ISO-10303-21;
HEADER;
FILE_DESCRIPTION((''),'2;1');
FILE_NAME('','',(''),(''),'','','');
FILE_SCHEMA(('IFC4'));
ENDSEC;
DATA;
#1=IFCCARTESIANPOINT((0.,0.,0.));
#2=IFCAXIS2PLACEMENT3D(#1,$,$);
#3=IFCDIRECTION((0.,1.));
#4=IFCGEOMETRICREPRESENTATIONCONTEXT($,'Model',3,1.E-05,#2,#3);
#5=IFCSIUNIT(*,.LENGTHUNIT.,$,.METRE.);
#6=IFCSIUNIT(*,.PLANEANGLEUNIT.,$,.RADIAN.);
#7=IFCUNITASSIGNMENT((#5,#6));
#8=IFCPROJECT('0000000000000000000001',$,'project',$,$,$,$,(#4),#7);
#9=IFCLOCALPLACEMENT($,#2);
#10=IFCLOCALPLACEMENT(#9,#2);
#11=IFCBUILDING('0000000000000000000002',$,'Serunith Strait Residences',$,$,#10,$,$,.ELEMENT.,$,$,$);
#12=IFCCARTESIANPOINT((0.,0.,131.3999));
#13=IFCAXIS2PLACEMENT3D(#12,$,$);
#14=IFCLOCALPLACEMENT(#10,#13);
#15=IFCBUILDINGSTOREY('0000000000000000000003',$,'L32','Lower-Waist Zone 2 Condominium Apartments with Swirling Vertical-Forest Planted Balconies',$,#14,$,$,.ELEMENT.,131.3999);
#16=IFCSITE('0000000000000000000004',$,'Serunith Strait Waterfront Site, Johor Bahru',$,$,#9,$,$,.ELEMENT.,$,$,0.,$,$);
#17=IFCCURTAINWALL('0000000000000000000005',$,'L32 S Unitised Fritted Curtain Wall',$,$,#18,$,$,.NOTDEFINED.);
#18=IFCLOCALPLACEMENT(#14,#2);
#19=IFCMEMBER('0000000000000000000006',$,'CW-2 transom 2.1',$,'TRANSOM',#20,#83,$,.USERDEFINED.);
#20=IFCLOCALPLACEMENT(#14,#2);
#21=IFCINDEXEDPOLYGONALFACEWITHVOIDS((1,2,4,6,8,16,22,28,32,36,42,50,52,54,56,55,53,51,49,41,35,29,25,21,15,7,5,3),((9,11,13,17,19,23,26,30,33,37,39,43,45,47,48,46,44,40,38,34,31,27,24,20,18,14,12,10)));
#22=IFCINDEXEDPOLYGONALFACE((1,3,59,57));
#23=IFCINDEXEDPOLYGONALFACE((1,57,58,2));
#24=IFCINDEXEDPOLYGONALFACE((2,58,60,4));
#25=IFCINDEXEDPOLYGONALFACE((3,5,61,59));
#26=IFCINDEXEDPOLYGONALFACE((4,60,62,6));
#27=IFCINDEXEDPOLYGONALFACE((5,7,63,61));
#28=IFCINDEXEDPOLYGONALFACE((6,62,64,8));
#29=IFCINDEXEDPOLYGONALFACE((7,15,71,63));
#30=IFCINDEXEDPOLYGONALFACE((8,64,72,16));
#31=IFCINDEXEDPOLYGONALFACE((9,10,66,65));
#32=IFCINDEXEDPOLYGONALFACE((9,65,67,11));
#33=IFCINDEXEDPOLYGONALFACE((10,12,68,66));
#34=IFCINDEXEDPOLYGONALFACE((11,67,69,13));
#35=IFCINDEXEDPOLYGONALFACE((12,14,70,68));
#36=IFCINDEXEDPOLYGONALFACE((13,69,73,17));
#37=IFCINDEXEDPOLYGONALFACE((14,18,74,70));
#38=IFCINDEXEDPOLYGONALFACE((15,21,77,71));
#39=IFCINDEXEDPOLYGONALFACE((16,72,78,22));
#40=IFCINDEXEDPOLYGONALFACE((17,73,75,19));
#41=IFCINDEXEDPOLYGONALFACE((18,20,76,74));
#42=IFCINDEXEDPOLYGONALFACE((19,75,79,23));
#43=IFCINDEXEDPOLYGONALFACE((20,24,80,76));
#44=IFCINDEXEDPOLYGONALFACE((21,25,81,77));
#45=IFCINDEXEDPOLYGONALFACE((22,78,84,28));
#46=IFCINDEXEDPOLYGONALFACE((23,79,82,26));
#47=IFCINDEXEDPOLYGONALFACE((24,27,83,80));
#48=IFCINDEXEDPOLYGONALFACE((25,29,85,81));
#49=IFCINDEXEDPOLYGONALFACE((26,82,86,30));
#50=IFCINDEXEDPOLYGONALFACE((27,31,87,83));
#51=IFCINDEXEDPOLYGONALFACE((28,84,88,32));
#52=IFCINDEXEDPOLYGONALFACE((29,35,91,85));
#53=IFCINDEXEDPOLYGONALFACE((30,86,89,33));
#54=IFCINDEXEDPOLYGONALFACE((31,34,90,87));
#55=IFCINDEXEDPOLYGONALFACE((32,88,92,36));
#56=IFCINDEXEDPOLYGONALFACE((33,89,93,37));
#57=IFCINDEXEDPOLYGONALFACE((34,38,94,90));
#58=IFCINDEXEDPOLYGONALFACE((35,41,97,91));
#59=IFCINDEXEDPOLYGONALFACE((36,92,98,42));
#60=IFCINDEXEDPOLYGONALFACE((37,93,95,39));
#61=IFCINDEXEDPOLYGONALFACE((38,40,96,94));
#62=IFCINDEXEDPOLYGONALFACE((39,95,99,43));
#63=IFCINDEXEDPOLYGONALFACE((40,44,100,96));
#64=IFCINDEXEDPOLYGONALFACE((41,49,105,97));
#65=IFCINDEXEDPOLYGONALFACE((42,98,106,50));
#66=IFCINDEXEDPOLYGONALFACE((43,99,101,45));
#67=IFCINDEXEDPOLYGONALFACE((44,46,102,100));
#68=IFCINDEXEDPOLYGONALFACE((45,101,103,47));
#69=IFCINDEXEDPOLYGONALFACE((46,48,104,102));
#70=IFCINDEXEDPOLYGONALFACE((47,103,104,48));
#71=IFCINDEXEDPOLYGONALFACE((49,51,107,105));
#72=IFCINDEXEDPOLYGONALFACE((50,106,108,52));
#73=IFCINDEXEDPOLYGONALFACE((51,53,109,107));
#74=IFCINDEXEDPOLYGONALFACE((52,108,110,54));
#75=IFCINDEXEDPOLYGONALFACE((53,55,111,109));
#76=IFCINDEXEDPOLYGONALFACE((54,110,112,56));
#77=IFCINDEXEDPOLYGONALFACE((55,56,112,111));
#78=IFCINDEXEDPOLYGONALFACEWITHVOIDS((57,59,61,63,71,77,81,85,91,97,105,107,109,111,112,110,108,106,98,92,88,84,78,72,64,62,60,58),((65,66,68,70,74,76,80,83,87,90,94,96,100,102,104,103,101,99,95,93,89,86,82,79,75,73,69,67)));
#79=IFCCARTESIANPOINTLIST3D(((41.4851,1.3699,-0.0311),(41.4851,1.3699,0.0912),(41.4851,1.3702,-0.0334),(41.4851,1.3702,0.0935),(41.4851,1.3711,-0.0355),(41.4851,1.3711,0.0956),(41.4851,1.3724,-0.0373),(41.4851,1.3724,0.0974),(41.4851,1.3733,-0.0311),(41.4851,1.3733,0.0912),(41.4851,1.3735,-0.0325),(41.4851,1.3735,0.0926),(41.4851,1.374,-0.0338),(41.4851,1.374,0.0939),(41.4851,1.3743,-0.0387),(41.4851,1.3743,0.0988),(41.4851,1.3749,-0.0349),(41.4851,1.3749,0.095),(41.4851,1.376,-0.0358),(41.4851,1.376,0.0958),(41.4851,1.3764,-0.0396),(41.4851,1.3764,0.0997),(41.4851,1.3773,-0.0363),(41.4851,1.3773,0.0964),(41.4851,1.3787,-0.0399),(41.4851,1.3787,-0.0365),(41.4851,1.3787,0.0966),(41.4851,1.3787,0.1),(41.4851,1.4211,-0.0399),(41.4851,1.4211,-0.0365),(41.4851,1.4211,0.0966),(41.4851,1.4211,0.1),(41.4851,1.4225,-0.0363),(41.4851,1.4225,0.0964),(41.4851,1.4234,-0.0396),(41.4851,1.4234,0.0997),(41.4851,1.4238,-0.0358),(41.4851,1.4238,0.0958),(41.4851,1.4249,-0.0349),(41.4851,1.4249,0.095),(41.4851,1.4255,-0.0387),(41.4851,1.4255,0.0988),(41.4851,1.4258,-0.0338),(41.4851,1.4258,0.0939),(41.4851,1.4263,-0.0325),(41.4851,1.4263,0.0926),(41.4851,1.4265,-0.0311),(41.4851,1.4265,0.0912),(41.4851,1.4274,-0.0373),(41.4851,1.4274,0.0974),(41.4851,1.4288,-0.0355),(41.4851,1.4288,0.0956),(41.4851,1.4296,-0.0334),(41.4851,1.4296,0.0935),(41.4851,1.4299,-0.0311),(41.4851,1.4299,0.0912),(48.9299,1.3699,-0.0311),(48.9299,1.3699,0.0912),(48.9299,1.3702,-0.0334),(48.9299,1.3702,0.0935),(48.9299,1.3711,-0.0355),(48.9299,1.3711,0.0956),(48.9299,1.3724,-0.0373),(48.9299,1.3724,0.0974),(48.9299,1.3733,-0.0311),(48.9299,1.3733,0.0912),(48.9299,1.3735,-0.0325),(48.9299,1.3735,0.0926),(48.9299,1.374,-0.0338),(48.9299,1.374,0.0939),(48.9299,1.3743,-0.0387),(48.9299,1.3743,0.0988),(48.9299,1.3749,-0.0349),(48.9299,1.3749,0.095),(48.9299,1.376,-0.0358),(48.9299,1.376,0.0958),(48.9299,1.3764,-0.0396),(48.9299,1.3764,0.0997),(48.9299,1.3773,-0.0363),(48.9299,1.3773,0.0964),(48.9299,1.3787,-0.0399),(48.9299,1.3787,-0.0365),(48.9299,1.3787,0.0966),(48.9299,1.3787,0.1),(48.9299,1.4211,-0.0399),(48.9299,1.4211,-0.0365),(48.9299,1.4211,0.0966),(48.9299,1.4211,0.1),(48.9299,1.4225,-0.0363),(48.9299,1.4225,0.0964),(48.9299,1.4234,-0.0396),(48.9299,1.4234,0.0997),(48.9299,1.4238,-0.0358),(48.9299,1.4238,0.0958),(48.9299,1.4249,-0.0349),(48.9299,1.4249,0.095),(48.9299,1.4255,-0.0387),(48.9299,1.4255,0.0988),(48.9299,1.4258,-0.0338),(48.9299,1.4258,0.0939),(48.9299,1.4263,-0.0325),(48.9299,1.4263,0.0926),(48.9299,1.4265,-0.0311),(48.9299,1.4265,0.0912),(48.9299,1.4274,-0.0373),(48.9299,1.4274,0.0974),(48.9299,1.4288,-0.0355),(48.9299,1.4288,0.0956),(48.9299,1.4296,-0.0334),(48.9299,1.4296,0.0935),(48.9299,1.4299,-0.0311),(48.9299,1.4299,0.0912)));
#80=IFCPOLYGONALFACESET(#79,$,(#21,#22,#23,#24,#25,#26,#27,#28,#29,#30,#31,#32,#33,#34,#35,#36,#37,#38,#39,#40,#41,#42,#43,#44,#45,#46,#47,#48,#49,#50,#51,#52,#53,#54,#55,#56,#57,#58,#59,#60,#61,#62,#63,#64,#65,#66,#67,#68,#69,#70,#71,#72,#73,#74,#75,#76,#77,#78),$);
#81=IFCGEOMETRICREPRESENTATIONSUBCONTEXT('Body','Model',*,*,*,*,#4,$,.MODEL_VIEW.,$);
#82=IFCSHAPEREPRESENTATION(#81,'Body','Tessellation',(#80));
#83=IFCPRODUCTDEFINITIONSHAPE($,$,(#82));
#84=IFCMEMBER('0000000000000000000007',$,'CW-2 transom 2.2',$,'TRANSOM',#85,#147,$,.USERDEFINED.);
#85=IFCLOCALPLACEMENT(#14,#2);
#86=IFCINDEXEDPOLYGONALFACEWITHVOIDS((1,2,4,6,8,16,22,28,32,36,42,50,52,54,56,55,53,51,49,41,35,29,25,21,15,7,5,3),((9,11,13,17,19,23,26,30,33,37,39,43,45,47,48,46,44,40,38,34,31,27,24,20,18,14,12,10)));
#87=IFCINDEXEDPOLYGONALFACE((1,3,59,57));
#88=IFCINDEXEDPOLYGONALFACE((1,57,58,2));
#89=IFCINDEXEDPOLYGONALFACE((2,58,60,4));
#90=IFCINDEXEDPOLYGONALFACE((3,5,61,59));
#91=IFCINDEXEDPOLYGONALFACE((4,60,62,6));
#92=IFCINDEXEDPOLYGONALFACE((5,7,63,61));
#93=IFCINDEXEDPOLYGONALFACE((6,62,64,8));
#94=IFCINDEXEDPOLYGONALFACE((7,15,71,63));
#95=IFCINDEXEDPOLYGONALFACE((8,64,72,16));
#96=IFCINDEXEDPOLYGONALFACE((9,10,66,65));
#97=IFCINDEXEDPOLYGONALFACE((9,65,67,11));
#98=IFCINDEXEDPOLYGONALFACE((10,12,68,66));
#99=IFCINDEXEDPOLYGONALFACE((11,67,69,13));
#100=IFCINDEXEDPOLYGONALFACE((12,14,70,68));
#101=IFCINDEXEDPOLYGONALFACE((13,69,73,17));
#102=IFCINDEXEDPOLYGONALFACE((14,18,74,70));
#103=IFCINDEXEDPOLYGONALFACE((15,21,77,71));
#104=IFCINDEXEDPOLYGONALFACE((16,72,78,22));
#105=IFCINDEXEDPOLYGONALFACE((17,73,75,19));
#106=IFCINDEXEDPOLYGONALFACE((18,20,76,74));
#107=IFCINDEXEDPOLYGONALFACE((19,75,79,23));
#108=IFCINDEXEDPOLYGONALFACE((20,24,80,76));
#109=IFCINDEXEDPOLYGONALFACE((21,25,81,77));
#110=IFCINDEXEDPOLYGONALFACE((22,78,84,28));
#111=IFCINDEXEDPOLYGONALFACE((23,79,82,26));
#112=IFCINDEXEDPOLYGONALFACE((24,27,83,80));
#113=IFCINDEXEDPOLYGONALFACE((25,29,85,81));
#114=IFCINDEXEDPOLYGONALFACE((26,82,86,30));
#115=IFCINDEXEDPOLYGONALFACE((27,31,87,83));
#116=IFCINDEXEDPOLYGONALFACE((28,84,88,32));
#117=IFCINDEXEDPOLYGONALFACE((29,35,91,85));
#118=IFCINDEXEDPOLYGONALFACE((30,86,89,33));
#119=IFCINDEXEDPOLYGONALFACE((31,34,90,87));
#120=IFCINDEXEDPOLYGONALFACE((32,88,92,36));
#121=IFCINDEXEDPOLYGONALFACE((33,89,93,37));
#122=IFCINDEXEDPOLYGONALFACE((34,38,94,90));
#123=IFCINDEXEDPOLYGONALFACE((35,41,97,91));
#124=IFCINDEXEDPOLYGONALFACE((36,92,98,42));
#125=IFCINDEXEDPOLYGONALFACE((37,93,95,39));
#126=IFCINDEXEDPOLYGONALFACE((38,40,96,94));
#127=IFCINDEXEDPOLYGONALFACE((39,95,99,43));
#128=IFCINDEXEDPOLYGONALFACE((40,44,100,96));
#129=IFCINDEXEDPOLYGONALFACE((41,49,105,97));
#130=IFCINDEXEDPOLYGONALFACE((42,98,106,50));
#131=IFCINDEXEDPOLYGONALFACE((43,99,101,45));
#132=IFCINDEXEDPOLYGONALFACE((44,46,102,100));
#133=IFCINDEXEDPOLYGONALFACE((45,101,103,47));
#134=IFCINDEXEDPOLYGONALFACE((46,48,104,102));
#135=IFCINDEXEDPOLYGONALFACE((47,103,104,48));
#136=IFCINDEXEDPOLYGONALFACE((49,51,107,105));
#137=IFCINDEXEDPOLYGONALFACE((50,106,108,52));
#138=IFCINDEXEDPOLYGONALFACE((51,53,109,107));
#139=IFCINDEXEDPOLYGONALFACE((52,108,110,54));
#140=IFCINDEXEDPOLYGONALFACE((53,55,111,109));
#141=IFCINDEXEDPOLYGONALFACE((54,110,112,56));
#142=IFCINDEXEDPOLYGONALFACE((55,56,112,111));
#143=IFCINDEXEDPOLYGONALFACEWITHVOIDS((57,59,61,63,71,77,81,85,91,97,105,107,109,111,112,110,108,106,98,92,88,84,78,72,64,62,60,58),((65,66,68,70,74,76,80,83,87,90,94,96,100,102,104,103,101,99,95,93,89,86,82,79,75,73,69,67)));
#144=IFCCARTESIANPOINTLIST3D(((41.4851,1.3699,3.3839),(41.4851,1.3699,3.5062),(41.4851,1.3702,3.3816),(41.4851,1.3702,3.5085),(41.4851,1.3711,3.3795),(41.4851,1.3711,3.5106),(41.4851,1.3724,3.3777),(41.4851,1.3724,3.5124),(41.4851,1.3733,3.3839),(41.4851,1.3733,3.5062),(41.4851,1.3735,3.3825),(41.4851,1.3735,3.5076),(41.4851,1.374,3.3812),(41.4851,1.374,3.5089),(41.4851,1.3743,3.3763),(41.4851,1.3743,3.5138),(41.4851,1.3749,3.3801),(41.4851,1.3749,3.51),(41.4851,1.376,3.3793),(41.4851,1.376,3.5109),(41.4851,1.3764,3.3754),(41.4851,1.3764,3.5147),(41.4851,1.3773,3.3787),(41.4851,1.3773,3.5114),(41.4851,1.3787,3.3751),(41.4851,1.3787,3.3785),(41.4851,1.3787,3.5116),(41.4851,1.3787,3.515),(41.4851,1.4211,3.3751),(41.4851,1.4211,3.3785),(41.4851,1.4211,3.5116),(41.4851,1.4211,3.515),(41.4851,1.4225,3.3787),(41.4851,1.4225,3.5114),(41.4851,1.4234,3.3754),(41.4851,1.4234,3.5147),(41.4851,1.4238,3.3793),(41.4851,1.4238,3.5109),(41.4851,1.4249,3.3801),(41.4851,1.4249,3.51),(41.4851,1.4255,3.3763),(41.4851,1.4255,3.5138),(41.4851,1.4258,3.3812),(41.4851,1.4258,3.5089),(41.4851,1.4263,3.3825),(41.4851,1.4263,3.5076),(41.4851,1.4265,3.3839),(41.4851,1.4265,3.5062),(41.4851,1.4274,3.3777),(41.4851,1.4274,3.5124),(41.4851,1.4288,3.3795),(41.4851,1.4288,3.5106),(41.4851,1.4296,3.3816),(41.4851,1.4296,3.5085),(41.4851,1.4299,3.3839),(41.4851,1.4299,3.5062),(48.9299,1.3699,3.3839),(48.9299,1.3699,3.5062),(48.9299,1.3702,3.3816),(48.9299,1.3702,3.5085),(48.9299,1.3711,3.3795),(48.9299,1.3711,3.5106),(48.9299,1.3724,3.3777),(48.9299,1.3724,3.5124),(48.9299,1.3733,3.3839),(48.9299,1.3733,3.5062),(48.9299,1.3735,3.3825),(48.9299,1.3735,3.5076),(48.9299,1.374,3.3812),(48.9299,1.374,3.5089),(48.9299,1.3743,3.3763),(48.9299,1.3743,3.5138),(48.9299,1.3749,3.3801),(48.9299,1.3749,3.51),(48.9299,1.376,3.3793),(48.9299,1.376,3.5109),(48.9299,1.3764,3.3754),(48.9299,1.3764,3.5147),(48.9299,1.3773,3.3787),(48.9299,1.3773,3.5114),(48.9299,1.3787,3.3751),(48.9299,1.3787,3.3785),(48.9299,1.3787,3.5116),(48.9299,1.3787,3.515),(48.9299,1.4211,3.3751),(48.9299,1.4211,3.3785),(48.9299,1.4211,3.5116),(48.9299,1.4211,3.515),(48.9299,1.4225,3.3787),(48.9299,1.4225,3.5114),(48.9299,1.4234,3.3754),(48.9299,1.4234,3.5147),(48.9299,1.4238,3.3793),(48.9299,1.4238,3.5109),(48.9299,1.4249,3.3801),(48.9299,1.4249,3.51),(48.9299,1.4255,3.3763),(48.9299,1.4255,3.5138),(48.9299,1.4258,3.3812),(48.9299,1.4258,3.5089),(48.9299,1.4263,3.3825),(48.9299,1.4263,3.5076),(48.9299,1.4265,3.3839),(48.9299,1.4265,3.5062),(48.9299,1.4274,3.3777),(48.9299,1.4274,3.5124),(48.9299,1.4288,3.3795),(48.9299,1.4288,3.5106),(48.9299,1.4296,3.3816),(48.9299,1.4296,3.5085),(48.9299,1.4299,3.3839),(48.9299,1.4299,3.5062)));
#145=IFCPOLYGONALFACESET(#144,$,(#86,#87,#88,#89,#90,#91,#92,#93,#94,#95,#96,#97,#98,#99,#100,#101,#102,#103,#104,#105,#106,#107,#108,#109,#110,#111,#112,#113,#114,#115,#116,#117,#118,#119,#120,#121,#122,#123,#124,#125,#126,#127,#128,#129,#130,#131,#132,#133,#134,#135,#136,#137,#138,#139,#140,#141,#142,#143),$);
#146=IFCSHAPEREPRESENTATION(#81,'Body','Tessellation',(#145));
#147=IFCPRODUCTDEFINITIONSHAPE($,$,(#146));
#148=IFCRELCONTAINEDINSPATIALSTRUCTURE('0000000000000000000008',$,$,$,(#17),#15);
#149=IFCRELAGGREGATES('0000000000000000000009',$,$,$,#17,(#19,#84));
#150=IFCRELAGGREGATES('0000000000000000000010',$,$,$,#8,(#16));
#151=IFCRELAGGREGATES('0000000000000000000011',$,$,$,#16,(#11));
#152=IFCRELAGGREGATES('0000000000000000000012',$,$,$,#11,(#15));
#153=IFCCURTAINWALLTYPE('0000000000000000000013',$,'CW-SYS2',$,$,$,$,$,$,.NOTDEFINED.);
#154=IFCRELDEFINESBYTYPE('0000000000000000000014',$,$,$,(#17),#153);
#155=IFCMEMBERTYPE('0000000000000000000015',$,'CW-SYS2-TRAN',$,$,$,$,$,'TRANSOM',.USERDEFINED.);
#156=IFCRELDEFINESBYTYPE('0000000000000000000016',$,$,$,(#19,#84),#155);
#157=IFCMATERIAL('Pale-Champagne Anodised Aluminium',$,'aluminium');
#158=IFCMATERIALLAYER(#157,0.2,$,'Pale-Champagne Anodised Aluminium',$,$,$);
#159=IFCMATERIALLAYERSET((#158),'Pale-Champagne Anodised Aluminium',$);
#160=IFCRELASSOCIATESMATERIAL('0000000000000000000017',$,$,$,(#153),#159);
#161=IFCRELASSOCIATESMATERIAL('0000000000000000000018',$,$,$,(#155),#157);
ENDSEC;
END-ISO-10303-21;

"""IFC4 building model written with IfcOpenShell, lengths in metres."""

from ifc_helpers import new_model, si_unit, direction, frame, origin, origin_2d, place, context, subcontext, project, spatial, hollow_rectangle, extrude, source, transform, mapped, material, layer, layer_set, material_profile, profile_set, type_object, element, aggregate, save


model = new_model("IFC4")

# Units and contexts
model_context = context("Model", 3, precision=1e-05, world=origin(), true_north=direction((0.0, 1.0)))
body_context = subcontext(model_context, "Body", "Model", "MODEL_VIEW")
ifc_project = project(units=[si_unit("LENGTHUNIT", "METRE"), si_unit("PLANEANGLEUNIT", "RADIAN")], contexts=[model_context])

# Site, building, storey
site_placement = place(None, origin())
site = spatial("IfcSite", under=ifc_project, at=site_placement, Name="Serunith Strait Waterfront Site, Johor Bahru", CompositionType="ELEMENT", RefElevation=0.0)
building_placement = place(site_placement, origin())
building = spatial("IfcBuilding", under=site, at=building_placement, Name="Serunith Strait Residences", CompositionType="ELEMENT")
storey_placement = place(building_placement, frame((0.0, 0.0, 131.3999)))
storey = spatial("IfcBuildingStorey", under=building, at=storey_placement, Name="L32", Description="Lower-Waist Zone 2 Condominium Apartments with Swirling Vertical-Forest Planted Balconies", CompositionType="ELEMENT", Elevation=131.3999)

# Curtain wall, members
ifc_material_1 = material(Name="Pale-Champagne Anodised Aluminium", Category="aluminium")
ifc_layer_1 = layer(ifc_material_1, 0.2, Name="Pale-Champagne Anodised Aluminium")
ifc_layer_set_1 = layer_set([ifc_layer_1], Name="Pale-Champagne Anodised Aluminium")
curtain_wall_type = type_object("IfcCurtainWallType", Name="CW-SYS2", PredefinedType="NOTDEFINED", material=ifc_layer_set_1)
curtain_wall_placement = place(storey_placement, origin())
curtain_wall = element("IfcCurtainWall", 1, at=curtain_wall_placement, inside=storey, type_object=curtain_wall_type, Name="L32 S Unitised Fritted Curtain Wall", PredefinedType="NOTDEFINED")
ifc_material_profile_1 = material_profile(ifc_material_1, hollow_rectangle(XDim=0.0601, YDim=0.1399, WallThickness=0.0034, InnerFilletRadius=0.0054, OuterFilletRadius=0.0088, at=origin_2d()), Name="ALU 140x60x3.5")
ifc_profile_set_1 = profile_set([ifc_material_profile_1], Name="Pale-Champagne Anodised Aluminium")
member_type_1 = type_object("IfcMemberType", Name="CW-SYS2-TRAN", ElementType="TRANSOM", PredefinedType="USERDEFINED", material=ifc_profile_set_1)
shared_shape_1 = source(origin(), body_context, "Body", "SweptSolid", [
    extrude(hollow_rectangle(XDim=0.0601, YDim=0.1399, WallThickness=0.0034, InnerFilletRadius=0.0054, OuterFilletRadius=0.0088, at=origin_2d()), origin(), (0.0, 0.0, 1.0), 7.4448),
])
member_1_placement = place(storey_placement, frame((41.4851, 1.3999, 0.03), z_axis=(1.0, 0.0, 0.0), x_axis=(0.0, 1.0, 0.0)))
member_1 = element("IfcMember", 2, at=member_1_placement, type_object=member_type_1, Name="CW-2 transom 2.1", ObjectType="TRANSOM", PredefinedType="USERDEFINED", context=body_context, shape_type="MappedRepresentation", body=[
    mapped(shared_shape_1, transform((0.0, 0.0, 0.0), scale=1.0)),
])
member_2_placement = place(storey_placement, frame((41.4851, 1.3999, 3.4451), z_axis=(1.0, 0.0, 0.0), x_axis=(0.0, 1.0, 0.0)))
member_2 = element("IfcMember", 3, at=member_2_placement, type_object=member_type_1, Name="CW-2 transom 2.2", ObjectType="TRANSOM", PredefinedType="USERDEFINED", context=body_context, shape_type="MappedRepresentation", body=[
    mapped(shared_shape_1, transform((0.0, 0.0, 0.0), scale=1.0)),
])
aggregate(curtain_wall, [member_1, member_2])

save(model, "model.ifc")
